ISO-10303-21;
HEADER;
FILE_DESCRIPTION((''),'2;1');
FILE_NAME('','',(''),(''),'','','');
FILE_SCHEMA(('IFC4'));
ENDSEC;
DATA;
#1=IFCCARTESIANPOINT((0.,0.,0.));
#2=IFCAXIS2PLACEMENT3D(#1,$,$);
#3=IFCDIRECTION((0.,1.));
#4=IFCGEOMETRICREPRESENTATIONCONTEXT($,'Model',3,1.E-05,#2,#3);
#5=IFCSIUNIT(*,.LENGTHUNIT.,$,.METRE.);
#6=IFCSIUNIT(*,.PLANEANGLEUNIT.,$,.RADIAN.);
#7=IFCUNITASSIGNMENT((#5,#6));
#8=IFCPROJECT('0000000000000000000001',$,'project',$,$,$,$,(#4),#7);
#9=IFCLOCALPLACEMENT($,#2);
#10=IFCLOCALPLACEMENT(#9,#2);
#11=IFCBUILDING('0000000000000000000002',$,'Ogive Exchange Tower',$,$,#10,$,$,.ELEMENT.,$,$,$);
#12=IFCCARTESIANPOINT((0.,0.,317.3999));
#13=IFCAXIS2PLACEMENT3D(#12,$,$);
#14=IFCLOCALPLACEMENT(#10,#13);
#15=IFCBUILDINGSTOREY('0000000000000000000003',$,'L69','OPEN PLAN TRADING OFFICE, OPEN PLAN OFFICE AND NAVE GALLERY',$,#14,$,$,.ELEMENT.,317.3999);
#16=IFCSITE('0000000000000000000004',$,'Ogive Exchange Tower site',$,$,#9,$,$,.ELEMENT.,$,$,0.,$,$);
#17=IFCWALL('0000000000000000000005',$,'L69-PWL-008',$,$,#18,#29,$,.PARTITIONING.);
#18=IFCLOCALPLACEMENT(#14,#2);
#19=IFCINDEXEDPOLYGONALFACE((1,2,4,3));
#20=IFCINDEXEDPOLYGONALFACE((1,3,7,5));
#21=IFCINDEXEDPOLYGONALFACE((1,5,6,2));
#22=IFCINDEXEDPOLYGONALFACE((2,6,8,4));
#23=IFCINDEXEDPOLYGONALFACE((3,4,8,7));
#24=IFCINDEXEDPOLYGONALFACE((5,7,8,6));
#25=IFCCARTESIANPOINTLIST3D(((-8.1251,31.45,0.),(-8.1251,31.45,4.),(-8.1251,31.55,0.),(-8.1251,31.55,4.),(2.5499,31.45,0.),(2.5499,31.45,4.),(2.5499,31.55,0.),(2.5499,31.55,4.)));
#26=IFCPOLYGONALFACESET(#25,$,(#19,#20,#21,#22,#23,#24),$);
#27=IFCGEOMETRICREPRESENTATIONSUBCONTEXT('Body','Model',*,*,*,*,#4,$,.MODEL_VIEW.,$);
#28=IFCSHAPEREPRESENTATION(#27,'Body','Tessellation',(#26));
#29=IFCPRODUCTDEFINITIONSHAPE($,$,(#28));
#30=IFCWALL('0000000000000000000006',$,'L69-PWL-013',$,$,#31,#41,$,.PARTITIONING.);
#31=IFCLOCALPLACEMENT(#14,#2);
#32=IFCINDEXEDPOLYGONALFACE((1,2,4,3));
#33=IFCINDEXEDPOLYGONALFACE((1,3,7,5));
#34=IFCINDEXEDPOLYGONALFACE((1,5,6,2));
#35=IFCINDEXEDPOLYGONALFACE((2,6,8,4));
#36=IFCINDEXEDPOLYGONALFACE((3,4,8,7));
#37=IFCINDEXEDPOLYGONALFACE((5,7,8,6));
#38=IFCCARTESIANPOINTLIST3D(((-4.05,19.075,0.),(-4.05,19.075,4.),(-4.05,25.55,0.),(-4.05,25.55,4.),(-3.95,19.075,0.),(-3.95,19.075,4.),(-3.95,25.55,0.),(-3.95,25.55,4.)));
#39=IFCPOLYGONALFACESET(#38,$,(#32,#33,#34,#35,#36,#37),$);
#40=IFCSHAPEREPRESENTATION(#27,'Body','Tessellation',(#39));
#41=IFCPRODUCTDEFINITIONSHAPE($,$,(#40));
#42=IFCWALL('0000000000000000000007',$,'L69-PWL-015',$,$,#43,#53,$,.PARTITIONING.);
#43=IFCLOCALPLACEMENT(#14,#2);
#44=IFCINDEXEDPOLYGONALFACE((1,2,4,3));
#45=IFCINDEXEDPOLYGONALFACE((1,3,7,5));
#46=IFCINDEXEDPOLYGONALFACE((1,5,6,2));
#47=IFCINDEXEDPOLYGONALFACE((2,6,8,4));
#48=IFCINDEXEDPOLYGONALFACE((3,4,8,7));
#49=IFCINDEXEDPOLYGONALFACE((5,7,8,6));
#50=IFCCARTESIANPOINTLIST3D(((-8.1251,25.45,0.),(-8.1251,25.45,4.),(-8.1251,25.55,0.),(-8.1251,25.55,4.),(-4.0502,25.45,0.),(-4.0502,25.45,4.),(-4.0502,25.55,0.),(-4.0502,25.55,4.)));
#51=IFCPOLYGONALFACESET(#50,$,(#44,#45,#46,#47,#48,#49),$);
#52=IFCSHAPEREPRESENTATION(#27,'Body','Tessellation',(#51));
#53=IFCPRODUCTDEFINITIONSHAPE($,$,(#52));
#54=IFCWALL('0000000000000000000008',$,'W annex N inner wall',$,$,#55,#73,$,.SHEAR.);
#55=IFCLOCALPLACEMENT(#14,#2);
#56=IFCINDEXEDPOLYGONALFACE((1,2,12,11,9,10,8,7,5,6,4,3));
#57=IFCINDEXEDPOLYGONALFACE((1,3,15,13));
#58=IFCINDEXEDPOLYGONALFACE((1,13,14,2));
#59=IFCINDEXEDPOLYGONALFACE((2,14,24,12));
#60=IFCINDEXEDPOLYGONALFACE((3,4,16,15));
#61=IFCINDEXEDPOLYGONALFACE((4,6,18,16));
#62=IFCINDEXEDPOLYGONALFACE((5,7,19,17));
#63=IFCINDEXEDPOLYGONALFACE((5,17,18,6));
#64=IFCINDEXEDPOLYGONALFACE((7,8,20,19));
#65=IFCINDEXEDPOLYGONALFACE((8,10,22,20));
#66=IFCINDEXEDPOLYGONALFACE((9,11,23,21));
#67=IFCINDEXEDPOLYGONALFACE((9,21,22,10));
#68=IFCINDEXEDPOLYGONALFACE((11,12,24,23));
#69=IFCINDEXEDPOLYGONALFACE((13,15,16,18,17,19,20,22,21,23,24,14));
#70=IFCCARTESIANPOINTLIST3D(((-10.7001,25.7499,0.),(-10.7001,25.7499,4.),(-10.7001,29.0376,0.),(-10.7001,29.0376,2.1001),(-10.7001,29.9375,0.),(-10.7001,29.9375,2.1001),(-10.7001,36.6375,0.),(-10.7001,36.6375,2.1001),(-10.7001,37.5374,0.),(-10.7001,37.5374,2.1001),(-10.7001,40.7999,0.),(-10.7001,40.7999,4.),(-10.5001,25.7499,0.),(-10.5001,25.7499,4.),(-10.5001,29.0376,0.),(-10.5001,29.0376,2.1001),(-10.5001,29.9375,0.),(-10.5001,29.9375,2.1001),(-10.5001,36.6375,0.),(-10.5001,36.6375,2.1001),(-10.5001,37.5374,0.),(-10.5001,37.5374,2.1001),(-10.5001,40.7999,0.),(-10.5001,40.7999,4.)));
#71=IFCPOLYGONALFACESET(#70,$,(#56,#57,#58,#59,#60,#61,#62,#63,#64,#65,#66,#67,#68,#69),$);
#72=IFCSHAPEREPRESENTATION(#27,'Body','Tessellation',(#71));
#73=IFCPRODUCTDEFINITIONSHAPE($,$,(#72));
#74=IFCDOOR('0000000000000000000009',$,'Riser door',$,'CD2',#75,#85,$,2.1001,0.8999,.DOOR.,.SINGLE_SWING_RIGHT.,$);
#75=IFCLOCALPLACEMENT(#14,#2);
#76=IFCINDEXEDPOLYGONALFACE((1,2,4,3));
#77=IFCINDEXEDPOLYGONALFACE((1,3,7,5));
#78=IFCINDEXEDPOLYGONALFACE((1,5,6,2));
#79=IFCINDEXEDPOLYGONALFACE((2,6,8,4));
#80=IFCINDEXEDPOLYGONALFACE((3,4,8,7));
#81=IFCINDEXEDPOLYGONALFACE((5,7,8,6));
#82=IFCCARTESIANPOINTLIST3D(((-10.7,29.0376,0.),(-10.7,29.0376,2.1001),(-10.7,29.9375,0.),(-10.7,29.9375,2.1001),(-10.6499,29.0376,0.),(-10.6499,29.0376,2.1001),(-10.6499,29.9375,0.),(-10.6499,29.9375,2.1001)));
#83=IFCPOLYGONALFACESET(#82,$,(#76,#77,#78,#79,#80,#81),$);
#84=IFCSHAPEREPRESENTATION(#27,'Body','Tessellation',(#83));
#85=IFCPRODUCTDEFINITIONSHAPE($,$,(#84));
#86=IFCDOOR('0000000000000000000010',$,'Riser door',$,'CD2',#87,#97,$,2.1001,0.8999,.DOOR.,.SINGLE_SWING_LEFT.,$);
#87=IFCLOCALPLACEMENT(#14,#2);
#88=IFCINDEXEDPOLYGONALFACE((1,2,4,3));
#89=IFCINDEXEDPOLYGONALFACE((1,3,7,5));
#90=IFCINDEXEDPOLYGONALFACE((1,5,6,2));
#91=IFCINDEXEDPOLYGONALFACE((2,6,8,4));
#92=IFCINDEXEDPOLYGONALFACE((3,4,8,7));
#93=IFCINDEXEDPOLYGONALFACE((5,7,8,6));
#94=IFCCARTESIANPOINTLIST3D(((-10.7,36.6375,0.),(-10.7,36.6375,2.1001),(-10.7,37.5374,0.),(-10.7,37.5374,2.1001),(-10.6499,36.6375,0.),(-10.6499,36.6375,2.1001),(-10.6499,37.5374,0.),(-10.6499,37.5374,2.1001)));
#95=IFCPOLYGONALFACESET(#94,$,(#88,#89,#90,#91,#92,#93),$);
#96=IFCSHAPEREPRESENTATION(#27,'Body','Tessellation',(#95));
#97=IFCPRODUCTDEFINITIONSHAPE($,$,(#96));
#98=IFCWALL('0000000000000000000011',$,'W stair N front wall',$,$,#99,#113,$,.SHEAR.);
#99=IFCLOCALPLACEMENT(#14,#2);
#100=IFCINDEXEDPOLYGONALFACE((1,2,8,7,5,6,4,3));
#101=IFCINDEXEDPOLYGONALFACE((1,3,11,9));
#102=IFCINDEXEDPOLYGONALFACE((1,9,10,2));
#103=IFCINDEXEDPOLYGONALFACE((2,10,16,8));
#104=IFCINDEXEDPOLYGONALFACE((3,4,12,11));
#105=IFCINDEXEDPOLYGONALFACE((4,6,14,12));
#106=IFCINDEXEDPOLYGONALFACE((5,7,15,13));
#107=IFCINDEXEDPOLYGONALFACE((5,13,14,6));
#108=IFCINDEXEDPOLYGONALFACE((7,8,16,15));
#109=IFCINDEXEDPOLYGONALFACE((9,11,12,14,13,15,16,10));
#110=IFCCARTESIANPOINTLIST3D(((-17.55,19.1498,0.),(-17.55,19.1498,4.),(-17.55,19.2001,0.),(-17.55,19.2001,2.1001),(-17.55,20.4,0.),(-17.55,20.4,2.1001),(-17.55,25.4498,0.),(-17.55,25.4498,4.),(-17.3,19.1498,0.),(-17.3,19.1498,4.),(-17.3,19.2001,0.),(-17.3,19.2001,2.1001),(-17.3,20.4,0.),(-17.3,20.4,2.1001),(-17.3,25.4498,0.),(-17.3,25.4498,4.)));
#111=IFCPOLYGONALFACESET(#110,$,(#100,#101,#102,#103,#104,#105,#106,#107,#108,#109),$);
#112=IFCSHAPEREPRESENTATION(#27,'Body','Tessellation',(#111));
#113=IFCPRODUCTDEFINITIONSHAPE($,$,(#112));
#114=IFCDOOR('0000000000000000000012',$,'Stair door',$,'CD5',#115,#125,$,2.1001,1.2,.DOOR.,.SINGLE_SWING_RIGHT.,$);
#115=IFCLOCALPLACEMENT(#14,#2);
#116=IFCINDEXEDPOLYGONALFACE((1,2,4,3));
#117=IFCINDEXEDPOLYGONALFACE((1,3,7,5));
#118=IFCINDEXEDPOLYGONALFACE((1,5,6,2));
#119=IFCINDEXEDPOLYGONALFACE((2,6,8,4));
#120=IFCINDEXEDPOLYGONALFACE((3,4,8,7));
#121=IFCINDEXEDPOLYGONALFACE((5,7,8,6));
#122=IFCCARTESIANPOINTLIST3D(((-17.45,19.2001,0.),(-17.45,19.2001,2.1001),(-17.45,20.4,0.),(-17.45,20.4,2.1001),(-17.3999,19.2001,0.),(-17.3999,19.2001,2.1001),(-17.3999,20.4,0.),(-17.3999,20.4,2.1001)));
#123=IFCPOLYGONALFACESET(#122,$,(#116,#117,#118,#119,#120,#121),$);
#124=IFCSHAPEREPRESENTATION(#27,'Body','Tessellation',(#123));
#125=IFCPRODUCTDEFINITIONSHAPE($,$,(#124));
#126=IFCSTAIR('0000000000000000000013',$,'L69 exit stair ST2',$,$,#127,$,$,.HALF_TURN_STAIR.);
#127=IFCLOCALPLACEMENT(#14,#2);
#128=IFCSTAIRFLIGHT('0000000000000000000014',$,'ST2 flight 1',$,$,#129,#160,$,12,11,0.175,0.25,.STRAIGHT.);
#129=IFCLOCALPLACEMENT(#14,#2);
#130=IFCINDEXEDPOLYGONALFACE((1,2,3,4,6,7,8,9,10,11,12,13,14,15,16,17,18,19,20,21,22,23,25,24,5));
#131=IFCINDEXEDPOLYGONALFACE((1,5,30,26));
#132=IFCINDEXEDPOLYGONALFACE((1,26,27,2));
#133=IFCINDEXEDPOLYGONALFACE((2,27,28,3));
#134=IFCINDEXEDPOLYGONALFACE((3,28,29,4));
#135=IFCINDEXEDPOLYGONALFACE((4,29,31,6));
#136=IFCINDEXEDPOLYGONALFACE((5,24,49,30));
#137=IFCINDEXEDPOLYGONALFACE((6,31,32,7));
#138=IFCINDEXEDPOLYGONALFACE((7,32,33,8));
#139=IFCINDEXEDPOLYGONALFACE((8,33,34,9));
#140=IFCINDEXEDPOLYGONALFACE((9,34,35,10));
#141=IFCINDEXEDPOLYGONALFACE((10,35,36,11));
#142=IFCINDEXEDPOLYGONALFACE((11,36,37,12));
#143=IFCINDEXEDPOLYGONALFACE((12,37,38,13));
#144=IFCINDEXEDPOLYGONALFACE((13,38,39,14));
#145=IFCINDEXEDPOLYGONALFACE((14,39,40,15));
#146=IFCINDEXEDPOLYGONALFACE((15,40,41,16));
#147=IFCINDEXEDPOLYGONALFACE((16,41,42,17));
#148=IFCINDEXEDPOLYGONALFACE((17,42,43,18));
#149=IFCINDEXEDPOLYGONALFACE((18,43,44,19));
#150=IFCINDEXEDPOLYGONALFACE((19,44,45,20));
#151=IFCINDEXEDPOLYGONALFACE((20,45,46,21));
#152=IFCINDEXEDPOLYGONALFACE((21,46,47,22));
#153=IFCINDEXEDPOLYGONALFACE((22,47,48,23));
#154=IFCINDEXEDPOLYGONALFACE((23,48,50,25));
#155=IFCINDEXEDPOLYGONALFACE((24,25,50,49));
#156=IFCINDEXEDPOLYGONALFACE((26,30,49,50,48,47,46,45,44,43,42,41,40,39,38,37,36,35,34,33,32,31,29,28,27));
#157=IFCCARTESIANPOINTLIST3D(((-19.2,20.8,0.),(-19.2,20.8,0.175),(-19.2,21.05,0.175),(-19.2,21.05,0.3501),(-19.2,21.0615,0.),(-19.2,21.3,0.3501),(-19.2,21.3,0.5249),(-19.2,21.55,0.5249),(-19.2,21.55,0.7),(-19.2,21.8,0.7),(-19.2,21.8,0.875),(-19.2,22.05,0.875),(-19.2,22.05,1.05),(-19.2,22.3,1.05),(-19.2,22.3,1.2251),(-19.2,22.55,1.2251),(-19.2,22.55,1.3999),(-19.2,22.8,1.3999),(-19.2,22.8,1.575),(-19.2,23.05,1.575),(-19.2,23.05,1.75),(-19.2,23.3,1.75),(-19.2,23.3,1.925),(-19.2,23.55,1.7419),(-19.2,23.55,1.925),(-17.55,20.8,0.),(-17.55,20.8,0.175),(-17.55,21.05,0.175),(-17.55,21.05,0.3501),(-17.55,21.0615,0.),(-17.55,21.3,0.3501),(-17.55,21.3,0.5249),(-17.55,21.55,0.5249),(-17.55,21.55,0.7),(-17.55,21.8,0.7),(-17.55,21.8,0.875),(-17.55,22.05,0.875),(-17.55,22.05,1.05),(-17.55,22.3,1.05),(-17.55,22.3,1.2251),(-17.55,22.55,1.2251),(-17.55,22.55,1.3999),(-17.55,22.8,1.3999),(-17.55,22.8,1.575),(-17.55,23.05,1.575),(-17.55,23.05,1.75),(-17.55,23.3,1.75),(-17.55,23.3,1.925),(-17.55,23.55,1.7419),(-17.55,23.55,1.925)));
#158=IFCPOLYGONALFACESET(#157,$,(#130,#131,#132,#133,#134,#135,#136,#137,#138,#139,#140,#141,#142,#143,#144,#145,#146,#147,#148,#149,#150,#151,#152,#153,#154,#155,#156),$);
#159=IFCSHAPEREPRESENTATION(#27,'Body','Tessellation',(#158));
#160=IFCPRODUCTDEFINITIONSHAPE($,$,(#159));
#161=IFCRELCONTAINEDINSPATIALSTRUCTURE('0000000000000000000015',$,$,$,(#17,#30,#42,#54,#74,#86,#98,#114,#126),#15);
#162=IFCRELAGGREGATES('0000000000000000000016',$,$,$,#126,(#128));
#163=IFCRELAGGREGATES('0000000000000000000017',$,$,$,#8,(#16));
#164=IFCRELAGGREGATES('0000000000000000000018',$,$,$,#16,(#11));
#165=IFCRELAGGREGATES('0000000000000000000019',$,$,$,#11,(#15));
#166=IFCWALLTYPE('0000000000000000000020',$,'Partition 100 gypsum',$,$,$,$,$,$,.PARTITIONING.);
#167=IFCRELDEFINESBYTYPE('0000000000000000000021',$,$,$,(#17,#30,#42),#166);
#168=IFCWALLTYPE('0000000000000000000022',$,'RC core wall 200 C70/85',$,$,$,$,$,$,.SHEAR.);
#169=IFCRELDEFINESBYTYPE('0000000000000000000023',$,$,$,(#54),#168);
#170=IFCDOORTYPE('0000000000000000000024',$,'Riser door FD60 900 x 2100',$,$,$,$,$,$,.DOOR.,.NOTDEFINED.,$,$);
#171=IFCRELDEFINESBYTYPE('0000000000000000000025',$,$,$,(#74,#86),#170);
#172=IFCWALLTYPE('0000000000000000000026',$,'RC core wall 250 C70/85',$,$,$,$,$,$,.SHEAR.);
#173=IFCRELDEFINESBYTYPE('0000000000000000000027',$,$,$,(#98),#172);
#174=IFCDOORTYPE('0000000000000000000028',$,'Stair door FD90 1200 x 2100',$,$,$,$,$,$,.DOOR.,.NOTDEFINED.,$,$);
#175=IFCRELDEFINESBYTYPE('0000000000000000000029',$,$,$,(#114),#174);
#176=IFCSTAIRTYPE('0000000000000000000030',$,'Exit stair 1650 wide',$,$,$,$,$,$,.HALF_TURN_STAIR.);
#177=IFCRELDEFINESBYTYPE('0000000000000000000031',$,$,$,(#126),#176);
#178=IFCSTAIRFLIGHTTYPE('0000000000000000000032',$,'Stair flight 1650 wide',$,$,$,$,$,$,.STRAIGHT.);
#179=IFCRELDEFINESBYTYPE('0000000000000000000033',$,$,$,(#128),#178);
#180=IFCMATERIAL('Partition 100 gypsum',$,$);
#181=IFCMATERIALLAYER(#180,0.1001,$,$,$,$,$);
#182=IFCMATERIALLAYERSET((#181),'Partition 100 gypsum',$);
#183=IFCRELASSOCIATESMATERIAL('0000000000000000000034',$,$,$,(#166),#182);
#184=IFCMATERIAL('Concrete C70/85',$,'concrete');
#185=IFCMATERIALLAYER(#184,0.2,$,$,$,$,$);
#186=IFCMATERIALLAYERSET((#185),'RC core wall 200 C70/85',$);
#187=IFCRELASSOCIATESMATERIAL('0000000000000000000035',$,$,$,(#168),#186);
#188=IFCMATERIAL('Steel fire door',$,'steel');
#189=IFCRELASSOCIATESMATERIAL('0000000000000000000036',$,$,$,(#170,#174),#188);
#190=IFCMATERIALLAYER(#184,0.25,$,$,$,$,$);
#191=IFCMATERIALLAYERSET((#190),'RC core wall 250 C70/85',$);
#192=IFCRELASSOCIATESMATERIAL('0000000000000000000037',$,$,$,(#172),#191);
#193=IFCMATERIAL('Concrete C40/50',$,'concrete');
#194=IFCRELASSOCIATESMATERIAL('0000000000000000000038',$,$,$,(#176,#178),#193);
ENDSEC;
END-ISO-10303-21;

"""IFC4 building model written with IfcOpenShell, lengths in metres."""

from ifc_helpers import new_model, si_unit, direction, frame, frame_2d, origin, place, context, subcontext, project, spatial, polyline, rectangle, outline, extrude, material, layer, layer_set, type_object, element, fill, aggregate, save


model = new_model("IFC4")

# Units and contexts
model_context = context("Model", 3, precision=1e-05, world=origin(), true_north=direction((0.0, 1.0)))
body_context = subcontext(model_context, "Body", "Model", "MODEL_VIEW")
ifc_project = project(units=[si_unit("LENGTHUNIT", "METRE"), si_unit("PLANEANGLEUNIT", "RADIAN")], contexts=[model_context])

# Site, building, storey
site_placement = place(None, origin())
site = spatial("IfcSite", under=ifc_project, at=site_placement, Name="Ogive Exchange Tower site", CompositionType="ELEMENT", RefElevation=0.0)
building_placement = place(site_placement, origin())
building = spatial("IfcBuilding", under=site, at=building_placement, Name="Ogive Exchange Tower", CompositionType="ELEMENT")
storey_placement = place(building_placement, frame((0.0, 0.0, 317.3999)))
storey = spatial("IfcBuildingStorey", under=building, at=storey_placement, Name="L69", Description="OPEN PLAN TRADING OFFICE, OPEN PLAN OFFICE AND NAVE GALLERY", CompositionType="ELEMENT", Elevation=317.3999)

# Walls
ifc_material_1 = material(Name="Partition 100 gypsum")
ifc_layer_1 = layer(ifc_material_1, 0.1001)
ifc_layer_set_1 = layer_set([ifc_layer_1], Name="Partition 100 gypsum")
wall_type_1 = type_object("IfcWallType", Name="Partition 100 gypsum", PredefinedType="PARTITIONING", material=ifc_layer_set_1)
wall_1_placement = place(storey_placement, frame((-8.125, 31.5, 0.0), z_axis=(0.0, 0.0, 1.0), x_axis=(1.0, 0.0, 0.0)))
element("IfcWall", 1, at=wall_1_placement, inside=storey, type_object=wall_type_1, Name="L69-PWL-008", PredefinedType="PARTITIONING", context=body_context, shape_type="SweptSolid", body=[
    extrude(rectangle(XDim=10.675, YDim=0.1001, at=frame_2d((5.3374, 0.0))), origin(), (0.0, 0.0, 1.0), 4.0),
])
wall_2_placement = place(storey_placement, frame((-4.0, 19.075, 0.0), z_axis=(0.0, 0.0, 1.0), x_axis=(0.0, 1.0, 0.0)))
element("IfcWall", 2, at=wall_2_placement, inside=storey, type_object=wall_type_1, Name="L69-PWL-013", PredefinedType="PARTITIONING", context=body_context, shape_type="SweptSolid", body=[
    extrude(rectangle(XDim=6.4751, YDim=0.1001, at=frame_2d((3.2375, 0.0))), origin(), (0.0, 0.0, 1.0), 4.0),
])
wall_3_placement = place(storey_placement, frame((-4.05, 25.5, 0.0), z_axis=(0.0, 0.0, 1.0), x_axis=(-1.0, 0.0, 0.0)))
element("IfcWall", 3, at=wall_3_placement, inside=storey, type_object=wall_type_1, Name="L69-PWL-015", PredefinedType="PARTITIONING", context=body_context, shape_type="SweptSolid", body=[
    extrude(rectangle(XDim=4.075, YDim=0.1001, at=frame_2d((2.0376, 0.0))), origin(), (0.0, 0.0, 1.0), 4.0),
])

# Wall, openings, doors
ifc_material_2 = material(Name="Concrete C70/85", Category="concrete")
ifc_layer_2 = layer(ifc_material_2, 0.2)
ifc_layer_set_2 = layer_set([ifc_layer_2], Name="RC core wall 200 C70/85")
wall_type_2 = type_object("IfcWallType", Name="RC core wall 200 C70/85", PredefinedType="SHEAR", material=ifc_layer_set_2)
wall_4_placement = place(storey_placement, frame((-10.6001, 25.75, 0.0), z_axis=(0.0, 0.0, 1.0), x_axis=(0.0, 1.0, 0.0)))
wall_4 = element("IfcWall", 4, at=wall_4_placement, inside=storey, type_object=wall_type_2, Name="W annex N inner wall", PredefinedType="SHEAR", context=body_context, shape_type="SweptSolid", body=[
    extrude(rectangle(XDim=15.05, YDim=0.2, at=frame_2d((7.5249, 0.0))), origin(), (0.0, 0.0, 1.0), 4.0),
])
opening_1_placement = place(wall_4_placement, frame((3.2876, 0.0, 0.0)))
opening_1 = element("IfcOpeningElement", 5, at=opening_1_placement, cuts=wall_4, PredefinedType="OPENING", context=body_context, shape_type="SweptSolid", body=[
    extrude(rectangle(XDim=0.8999, YDim=2.1001, at=frame_2d((0.45, 1.05))), frame((0.0, 0.1099, 0.0), z_axis=(0.0, -1.0, 0.0), x_axis=(1.0, 0.0, 0.0)), (0.0, 0.0, 1.0), 0.22),
])
opening_2_placement = place(wall_4_placement, frame((10.8875, 0.0, 0.0)))
opening_2 = element("IfcOpeningElement", 6, at=opening_2_placement, cuts=wall_4, PredefinedType="OPENING", context=body_context, shape_type="SweptSolid", body=[
    extrude(rectangle(XDim=0.8999, YDim=2.1001, at=frame_2d((0.45, 1.05))), frame((0.0, 0.1099, 0.0), z_axis=(0.0, -1.0, 0.0), x_axis=(1.0, 0.0, 0.0)), (0.0, 0.0, 1.0), 0.22),
])
ifc_material_3 = material(Name="Steel fire door", Category="steel")
door_type_1 = type_object("IfcDoorType", Name="Riser door FD60 900 x 2100", OperationType="NOTDEFINED", PredefinedType="DOOR", material=ifc_material_3)
door_1_placement = place(opening_1_placement, frame((0.8999, 0.1499, 0.0), z_axis=(0.0, 0.0, 1.0), x_axis=(-1.0, 0.0, 0.0)))
door_1 = element("IfcDoor", 7, at=door_1_placement, inside=storey, type_object=door_type_1, Name="Riser door", ObjectType="CD2", OperationType="SINGLE_SWING_RIGHT", OverallHeight=2.1001, OverallWidth=0.8999, PredefinedType="DOOR", context=body_context, shape_type="SweptSolid", body=[
    extrude(rectangle(XDim=0.8999, YDim=2.1001, at=frame_2d((0.45, 1.05))), frame((0.0, 0.1001, 0.0), z_axis=(0.0, -1.0, 0.0), x_axis=(1.0, 0.0, 0.0)), (0.0, 0.0, 1.0), 0.05),
])
fill(opening_1, door_1)
door_2_placement = place(opening_2_placement, frame((0.8999, 0.1499, 0.0), z_axis=(0.0, 0.0, 1.0), x_axis=(-1.0, 0.0, 0.0)))
door_2 = element("IfcDoor", 8, at=door_2_placement, inside=storey, type_object=door_type_1, Name="Riser door", ObjectType="CD2", OperationType="SINGLE_SWING_LEFT", OverallHeight=2.1001, OverallWidth=0.8999, PredefinedType="DOOR", context=body_context, shape_type="SweptSolid", body=[
    extrude(rectangle(XDim=0.8999, YDim=2.1001, at=frame_2d((0.45, 1.05))), frame((0.0, 0.1001, 0.0), z_axis=(0.0, -1.0, 0.0), x_axis=(1.0, 0.0, 0.0)), (0.0, 0.0, 1.0), 0.05),
])
fill(opening_2, door_2)

# Wall, opening, door
ifc_layer_3 = layer(ifc_material_2, 0.25)
ifc_layer_set_3 = layer_set([ifc_layer_3], Name="RC core wall 250 C70/85")
wall_type_3 = type_object("IfcWallType", Name="RC core wall 250 C70/85", PredefinedType="SHEAR", material=ifc_layer_set_3)
wall_5_placement = place(storey_placement, frame((-17.425, 19.1499, 0.0), z_axis=(0.0, 0.0, 1.0), x_axis=(0.0, 1.0, 0.0)))
wall_5 = element("IfcWall", 9, at=wall_5_placement, inside=storey, type_object=wall_type_3, Name="W stair N front wall", PredefinedType="SHEAR", context=body_context, shape_type="SweptSolid", body=[
    extrude(rectangle(XDim=6.3, YDim=0.25, at=frame_2d((3.1499, 0.0))), origin(), (0.0, 0.0, 1.0), 4.0),
])
opening_3_placement = place(wall_5_placement, frame((0.05, 0.0, 0.0)))
opening_3 = element("IfcOpeningElement", 10, at=opening_3_placement, cuts=wall_5, PredefinedType="OPENING", context=body_context, shape_type="SweptSolid", body=[
    extrude(rectangle(XDim=1.2, YDim=2.1001, at=frame_2d((0.6001, 1.05))), frame((0.0, 0.135, 0.0), z_axis=(0.0, -1.0, 0.0), x_axis=(1.0, 0.0, 0.0)), (0.0, 0.0, 1.0), 0.27),
])
door_type_2 = type_object("IfcDoorType", Name="Stair door FD90 1200 x 2100", OperationType="NOTDEFINED", PredefinedType="DOOR", material=ifc_material_3)
door_3_placement = place(opening_3_placement, origin())
door_3 = element("IfcDoor", 11, at=door_3_placement, inside=storey, type_object=door_type_2, Name="Stair door", ObjectType="CD5", OperationType="SINGLE_SWING_RIGHT", OverallHeight=2.1001, OverallWidth=1.2, PredefinedType="DOOR", context=body_context, shape_type="SweptSolid", body=[
    extrude(rectangle(XDim=1.2, YDim=2.1001, at=frame_2d((0.6001, 1.05))), frame((0.0, 0.0249, 0.0), z_axis=(0.0, -1.0, 0.0), x_axis=(1.0, 0.0, 0.0)), (0.0, 0.0, 1.0), 0.05),
])
fill(opening_3, door_3)

# Stair, stair flight
ifc_material_4 = material(Name="Concrete C40/50", Category="concrete")
stair_type = type_object("IfcStairType", Name="Exit stair 1650 wide", PredefinedType="HALF_TURN_STAIR", material=ifc_material_4)
stair_placement = place(storey_placement, origin())
stair = element("IfcStair", 12, at=stair_placement, inside=storey, type_object=stair_type, Name="L69 exit stair ST2", PredefinedType="HALF_TURN_STAIR")
stair_flight_type = type_object("IfcStairFlightType", Name="Stair flight 1650 wide", PredefinedType="STRAIGHT", material=ifc_material_4)
stair_flight_placement = place(storey_placement, frame((-18.375, 20.8, 0.0), z_axis=(0.0, 0.0, 1.0), x_axis=(0.0, 1.0, 0.0)))
stair_flight = element("IfcStairFlight", 13, at=stair_flight_placement, type_object=stair_flight_type, Name="ST2 flight 1", NumberOfRisers=12, NumberOfTreads=11, PredefinedType="STRAIGHT", RiserHeight=0.175, TreadLength=0.25, context=body_context, shape_type="SweptSolid", body=[
    extrude(outline(polyline([(0.0, 0.0), (0.0, 0.175), (0.25, 0.175), (0.25, 0.3501), (0.5, 0.3501), (0.5, 0.5249), (0.75, 0.5249), (0.75, 0.7), (1.0, 0.7), (1.0, 0.875), (1.25, 0.875), (1.25, 1.05), (1.5, 1.05), (1.5, 1.2251), (1.75, 1.2251), (1.75, 1.3999), (2.0, 1.3999), (2.0, 1.575), (2.25, 1.575), (2.25, 1.75), (2.5, 1.75), (2.5, 1.925), (2.75, 1.925), (2.75, 2.1001), (2.75, 1.7419), (0.2615, 0.0), (0.0, 0.0)])), frame((0.0, 0.825, 0.0), z_axis=(0.0, -1.0, 0.0), x_axis=(1.0, 0.0, 0.0)), (0.0, 0.0, 1.0), 1.6499),
])
aggregate(stair, [stair_flight])

save(model, "model.ifc")
